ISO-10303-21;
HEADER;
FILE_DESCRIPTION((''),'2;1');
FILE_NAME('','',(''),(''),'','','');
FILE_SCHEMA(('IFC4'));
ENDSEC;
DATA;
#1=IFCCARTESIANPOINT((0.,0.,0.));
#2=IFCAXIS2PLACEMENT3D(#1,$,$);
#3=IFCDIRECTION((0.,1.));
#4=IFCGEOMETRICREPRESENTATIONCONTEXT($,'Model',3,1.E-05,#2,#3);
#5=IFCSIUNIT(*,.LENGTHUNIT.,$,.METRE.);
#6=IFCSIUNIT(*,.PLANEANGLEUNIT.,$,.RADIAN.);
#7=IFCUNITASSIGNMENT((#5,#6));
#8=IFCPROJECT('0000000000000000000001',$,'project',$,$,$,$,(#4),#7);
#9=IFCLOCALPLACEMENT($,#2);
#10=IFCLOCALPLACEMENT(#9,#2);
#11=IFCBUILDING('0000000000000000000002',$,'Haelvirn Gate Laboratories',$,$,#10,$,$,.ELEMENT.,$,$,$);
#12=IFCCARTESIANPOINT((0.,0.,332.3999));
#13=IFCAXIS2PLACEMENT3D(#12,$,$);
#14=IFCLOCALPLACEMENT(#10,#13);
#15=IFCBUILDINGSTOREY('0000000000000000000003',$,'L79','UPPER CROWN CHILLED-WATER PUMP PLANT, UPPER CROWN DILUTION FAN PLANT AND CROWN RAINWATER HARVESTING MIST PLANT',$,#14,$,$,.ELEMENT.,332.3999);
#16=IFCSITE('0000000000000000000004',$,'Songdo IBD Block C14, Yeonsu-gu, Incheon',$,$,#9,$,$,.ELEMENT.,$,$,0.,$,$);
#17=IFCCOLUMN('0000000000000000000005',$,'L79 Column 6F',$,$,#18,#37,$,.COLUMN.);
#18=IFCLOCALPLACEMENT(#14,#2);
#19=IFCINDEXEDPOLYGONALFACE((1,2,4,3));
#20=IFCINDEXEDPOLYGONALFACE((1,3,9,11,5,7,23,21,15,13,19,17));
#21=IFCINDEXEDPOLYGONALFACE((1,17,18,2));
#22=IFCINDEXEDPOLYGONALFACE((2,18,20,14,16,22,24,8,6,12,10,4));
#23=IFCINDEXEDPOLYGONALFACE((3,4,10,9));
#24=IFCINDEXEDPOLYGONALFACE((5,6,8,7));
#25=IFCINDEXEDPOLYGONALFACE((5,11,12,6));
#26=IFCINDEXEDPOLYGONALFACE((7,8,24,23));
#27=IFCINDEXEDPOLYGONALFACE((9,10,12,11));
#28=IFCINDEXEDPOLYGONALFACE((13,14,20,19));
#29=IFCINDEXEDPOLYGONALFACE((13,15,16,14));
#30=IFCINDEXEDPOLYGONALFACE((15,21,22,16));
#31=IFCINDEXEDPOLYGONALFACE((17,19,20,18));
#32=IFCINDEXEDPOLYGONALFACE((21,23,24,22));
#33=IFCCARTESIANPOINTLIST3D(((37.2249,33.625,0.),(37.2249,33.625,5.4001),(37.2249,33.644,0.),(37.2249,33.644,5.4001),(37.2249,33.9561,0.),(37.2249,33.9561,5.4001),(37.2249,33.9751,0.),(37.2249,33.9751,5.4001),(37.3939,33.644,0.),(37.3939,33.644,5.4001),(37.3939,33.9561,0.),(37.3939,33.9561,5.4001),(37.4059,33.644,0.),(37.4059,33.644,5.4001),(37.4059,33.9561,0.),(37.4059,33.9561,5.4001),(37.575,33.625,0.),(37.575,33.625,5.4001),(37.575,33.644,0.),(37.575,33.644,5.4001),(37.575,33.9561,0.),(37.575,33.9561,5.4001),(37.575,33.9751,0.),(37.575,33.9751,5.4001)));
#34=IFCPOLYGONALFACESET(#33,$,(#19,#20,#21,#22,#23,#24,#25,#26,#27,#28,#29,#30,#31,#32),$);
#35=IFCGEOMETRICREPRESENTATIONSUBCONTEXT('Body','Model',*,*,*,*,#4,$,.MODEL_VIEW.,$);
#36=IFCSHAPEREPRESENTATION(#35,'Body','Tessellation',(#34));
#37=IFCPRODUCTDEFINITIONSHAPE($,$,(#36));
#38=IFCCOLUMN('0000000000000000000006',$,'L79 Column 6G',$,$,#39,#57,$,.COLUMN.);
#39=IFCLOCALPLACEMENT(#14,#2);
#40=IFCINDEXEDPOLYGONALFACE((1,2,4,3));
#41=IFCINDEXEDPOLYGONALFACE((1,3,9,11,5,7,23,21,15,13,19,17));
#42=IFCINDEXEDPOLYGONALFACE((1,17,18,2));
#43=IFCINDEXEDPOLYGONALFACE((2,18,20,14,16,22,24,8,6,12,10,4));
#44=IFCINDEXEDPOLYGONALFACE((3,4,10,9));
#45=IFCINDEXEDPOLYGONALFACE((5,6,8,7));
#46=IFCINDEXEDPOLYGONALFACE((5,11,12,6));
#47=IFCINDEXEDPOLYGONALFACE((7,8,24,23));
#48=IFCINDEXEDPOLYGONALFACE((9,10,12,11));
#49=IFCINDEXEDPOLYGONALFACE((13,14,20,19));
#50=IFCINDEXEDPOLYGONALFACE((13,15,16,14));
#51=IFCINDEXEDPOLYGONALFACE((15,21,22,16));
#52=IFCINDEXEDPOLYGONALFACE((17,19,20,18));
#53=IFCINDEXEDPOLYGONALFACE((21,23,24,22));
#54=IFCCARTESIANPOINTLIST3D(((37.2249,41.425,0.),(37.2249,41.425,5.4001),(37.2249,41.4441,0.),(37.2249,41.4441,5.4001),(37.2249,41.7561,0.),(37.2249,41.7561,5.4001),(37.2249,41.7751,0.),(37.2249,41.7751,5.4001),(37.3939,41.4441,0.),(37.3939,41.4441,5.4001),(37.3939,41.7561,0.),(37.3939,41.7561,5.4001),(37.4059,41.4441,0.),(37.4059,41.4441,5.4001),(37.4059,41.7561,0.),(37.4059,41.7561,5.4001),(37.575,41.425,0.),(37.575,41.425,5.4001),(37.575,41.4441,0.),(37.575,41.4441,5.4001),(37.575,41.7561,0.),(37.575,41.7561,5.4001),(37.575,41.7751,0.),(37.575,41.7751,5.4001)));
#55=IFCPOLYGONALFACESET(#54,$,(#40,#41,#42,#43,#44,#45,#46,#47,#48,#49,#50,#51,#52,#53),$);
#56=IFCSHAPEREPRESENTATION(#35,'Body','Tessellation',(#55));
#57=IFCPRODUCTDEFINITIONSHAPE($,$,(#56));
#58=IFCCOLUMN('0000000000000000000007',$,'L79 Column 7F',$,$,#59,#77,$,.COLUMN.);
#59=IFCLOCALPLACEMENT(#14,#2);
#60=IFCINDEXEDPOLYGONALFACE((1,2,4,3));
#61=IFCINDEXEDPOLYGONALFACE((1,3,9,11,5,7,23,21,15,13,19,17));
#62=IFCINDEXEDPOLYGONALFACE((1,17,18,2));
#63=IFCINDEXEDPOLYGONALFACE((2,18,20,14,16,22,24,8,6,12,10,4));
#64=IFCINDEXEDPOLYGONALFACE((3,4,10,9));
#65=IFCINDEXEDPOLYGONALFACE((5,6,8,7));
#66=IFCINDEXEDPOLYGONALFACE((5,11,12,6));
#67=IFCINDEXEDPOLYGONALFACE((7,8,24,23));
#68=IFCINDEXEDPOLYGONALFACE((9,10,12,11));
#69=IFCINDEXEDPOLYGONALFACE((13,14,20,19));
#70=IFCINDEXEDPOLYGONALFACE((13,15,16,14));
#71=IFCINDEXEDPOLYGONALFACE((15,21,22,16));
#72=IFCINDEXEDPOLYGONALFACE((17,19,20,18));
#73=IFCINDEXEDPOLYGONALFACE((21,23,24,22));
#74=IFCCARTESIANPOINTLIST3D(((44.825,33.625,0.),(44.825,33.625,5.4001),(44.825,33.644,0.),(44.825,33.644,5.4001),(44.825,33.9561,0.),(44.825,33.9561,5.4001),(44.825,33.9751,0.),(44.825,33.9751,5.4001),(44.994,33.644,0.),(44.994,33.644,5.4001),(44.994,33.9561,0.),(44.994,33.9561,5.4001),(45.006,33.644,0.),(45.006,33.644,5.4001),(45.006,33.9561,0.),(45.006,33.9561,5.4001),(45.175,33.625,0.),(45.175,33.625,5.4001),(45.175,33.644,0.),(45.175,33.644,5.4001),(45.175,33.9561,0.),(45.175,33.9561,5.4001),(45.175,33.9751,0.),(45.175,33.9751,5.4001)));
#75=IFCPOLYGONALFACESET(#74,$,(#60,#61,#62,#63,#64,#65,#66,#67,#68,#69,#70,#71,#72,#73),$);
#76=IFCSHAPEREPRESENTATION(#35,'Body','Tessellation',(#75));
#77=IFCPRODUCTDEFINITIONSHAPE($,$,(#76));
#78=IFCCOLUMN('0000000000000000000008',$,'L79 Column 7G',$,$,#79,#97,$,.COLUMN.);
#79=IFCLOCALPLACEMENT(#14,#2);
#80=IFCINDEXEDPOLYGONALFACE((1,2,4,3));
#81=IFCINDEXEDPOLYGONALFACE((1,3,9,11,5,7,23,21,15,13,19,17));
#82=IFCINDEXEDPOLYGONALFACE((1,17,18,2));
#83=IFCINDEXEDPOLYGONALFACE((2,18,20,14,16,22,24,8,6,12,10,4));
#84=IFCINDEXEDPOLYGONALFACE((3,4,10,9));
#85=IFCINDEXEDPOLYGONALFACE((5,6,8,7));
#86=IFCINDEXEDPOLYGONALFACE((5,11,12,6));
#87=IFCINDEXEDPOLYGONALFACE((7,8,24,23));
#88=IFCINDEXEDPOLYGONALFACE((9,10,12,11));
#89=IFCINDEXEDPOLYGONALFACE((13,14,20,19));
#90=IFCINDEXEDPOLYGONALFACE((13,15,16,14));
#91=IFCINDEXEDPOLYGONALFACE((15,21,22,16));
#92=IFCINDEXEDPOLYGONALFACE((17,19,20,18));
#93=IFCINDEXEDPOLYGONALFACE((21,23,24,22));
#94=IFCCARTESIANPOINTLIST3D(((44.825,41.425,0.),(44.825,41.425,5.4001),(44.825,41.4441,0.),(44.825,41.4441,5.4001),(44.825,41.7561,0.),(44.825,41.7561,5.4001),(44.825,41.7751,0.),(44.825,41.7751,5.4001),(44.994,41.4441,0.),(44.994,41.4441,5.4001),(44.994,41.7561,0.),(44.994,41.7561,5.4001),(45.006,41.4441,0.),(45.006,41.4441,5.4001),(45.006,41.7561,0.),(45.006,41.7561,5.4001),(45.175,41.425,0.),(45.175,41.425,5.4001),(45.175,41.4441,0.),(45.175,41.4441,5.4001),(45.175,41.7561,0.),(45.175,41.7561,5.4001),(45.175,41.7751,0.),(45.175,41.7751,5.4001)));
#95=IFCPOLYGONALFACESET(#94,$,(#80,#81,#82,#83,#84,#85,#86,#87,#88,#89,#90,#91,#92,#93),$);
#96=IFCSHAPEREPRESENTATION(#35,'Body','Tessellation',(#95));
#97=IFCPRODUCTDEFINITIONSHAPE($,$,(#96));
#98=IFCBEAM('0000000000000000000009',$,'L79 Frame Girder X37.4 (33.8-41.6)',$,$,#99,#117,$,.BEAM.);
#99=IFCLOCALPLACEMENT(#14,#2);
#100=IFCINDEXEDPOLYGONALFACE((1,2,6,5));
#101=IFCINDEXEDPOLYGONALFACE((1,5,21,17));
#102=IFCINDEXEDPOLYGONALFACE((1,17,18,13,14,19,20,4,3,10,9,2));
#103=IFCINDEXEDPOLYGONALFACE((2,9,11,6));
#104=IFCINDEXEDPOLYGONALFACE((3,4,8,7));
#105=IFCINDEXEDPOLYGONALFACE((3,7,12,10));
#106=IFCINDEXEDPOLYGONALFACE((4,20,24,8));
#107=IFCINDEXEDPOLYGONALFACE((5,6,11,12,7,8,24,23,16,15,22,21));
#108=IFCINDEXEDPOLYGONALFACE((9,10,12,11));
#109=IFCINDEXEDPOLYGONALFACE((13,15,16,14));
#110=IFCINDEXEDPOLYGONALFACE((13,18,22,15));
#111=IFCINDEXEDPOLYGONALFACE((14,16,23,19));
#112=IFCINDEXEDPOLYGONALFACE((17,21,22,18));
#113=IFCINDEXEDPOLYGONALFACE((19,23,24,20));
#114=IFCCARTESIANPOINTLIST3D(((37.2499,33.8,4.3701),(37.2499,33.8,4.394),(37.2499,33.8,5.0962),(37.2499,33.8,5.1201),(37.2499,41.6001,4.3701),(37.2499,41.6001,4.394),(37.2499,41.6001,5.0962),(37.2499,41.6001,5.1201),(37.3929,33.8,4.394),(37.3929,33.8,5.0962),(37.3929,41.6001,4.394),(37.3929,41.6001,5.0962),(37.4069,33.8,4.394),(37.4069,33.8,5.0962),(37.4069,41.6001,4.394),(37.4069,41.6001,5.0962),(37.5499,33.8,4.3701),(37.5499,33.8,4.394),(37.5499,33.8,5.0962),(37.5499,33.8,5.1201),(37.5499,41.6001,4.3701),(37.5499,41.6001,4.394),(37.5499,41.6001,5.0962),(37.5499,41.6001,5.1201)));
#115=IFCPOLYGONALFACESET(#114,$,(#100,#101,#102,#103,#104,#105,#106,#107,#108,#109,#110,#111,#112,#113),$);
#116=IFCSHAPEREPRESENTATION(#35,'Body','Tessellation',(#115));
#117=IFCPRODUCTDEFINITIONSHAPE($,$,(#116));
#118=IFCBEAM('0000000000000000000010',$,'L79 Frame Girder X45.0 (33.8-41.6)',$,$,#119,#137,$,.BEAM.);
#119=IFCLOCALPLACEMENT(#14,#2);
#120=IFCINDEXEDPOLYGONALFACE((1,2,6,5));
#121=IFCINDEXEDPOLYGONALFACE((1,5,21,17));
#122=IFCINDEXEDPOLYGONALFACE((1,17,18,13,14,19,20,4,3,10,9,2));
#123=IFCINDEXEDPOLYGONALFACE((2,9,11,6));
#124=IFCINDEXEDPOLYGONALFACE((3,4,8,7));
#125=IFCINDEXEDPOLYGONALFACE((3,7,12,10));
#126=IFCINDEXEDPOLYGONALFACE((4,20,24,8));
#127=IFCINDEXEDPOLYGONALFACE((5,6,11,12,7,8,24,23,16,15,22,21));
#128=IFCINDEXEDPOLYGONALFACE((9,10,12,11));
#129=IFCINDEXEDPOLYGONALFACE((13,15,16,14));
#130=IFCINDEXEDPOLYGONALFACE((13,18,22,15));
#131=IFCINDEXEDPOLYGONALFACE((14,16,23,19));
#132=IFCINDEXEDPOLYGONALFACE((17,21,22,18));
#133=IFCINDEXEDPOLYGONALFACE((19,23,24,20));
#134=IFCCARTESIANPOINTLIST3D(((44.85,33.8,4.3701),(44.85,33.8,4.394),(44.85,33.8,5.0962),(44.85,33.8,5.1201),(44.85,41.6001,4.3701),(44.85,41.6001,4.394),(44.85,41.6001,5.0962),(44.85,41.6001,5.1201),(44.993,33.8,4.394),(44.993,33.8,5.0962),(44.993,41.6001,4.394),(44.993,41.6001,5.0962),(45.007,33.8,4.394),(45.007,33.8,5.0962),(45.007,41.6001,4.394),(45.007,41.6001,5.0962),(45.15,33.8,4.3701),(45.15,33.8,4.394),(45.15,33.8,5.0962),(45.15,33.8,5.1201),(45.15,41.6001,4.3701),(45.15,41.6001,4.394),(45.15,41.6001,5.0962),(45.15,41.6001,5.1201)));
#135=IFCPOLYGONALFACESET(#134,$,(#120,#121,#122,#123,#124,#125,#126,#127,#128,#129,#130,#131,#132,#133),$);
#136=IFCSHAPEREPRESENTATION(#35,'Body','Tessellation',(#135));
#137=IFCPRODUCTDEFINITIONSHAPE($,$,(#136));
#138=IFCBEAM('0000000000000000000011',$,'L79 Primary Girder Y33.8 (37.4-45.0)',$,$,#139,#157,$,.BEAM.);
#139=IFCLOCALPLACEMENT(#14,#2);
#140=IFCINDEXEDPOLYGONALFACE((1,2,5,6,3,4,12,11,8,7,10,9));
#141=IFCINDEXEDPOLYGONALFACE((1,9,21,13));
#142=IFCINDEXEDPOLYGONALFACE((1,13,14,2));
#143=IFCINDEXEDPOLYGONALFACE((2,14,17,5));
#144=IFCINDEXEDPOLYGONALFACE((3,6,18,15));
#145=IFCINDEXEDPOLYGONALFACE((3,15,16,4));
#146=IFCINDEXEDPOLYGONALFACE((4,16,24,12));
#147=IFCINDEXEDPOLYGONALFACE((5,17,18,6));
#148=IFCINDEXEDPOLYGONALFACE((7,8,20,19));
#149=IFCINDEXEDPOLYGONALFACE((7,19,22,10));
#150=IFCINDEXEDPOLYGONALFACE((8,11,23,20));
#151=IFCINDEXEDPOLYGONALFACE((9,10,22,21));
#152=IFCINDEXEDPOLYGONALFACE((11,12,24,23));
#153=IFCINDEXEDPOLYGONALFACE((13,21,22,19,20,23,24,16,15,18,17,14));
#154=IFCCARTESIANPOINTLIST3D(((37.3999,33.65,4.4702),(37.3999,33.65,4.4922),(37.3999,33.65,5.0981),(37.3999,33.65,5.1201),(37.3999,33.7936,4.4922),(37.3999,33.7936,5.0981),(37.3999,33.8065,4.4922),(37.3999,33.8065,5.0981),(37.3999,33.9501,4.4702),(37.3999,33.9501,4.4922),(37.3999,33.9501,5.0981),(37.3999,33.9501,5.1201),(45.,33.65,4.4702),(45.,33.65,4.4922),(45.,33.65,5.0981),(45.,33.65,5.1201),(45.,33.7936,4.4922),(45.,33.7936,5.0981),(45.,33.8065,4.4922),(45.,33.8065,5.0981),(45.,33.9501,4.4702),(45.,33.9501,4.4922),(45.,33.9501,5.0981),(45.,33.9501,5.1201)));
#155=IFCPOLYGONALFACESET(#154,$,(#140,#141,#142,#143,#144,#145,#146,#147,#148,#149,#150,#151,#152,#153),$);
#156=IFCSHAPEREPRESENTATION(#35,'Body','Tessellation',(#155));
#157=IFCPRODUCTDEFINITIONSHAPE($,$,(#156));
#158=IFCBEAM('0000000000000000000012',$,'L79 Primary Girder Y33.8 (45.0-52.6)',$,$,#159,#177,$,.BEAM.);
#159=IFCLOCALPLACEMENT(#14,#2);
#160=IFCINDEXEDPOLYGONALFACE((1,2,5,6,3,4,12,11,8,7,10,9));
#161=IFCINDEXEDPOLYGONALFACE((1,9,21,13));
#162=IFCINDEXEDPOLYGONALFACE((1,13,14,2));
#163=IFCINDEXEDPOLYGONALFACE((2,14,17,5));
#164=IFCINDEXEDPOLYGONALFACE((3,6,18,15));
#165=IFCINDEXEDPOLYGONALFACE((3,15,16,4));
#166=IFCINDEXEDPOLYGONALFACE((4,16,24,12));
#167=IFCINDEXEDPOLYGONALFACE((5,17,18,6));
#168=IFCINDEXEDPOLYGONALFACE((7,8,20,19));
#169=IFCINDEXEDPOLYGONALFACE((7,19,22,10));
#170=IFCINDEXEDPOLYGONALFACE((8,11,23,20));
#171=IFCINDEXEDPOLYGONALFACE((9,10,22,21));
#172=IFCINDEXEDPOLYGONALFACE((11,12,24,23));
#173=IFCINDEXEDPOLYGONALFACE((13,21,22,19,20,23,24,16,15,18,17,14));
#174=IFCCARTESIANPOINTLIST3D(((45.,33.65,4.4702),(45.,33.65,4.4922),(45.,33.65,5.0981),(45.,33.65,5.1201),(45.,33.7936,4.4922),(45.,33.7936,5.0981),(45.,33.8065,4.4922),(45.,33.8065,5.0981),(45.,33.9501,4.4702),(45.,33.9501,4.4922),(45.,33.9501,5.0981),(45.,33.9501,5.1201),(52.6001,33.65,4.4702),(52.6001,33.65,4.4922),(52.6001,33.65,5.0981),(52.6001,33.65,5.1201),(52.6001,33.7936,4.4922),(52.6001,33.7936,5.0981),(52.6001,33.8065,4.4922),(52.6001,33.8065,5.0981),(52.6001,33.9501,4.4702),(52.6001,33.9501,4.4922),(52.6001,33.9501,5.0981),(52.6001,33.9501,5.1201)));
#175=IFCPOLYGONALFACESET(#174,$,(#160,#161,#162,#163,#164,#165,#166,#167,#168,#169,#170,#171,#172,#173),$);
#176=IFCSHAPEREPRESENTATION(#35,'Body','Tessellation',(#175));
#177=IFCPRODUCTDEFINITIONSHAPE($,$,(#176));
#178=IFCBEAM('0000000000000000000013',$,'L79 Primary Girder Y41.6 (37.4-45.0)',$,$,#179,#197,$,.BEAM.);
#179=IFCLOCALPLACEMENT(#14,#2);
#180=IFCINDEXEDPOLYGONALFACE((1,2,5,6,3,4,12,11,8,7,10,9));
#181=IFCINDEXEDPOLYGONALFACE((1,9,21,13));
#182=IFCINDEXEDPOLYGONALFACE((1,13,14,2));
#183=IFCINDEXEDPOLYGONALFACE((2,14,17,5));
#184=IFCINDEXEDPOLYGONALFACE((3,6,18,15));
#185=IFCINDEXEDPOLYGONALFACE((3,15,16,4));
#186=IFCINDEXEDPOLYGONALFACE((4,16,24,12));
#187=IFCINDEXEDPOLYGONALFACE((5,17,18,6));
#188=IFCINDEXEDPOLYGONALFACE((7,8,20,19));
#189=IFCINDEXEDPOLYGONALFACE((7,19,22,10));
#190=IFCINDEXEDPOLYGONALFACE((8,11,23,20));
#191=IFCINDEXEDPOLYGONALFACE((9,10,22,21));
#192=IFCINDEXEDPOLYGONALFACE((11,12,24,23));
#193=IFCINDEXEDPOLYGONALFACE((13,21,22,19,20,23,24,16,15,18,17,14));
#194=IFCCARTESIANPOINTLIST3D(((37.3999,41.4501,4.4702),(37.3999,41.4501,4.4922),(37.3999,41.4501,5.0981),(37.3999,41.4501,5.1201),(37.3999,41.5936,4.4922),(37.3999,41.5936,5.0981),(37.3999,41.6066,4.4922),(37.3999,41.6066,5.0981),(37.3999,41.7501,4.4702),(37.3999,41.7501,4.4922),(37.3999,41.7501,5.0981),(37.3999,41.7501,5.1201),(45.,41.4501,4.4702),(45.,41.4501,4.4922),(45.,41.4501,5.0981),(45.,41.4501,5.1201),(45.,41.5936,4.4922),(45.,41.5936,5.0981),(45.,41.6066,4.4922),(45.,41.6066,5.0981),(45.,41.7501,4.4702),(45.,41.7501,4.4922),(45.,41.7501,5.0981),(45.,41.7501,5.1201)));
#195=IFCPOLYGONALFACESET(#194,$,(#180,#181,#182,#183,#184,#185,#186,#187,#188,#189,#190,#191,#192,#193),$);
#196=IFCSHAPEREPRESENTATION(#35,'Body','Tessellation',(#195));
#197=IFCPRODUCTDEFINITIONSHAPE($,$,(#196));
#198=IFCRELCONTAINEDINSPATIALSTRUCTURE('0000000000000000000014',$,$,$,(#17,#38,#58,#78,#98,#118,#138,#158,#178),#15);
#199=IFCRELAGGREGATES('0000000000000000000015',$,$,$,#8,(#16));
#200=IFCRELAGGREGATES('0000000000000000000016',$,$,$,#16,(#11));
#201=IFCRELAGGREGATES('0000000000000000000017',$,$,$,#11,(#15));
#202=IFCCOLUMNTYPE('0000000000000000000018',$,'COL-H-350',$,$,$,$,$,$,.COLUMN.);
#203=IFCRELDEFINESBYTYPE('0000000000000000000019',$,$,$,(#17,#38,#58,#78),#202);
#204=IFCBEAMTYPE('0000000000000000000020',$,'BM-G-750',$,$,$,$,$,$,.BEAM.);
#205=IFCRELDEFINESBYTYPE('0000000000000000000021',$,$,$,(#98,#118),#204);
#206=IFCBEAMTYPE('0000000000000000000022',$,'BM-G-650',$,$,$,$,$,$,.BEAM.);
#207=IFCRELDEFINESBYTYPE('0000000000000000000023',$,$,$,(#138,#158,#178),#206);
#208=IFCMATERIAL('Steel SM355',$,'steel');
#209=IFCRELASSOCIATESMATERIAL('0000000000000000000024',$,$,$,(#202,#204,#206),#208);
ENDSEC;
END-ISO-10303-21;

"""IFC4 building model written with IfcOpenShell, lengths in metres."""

from ifc_helpers import new_model, si_unit, direction, frame, origin, origin_2d, place, context, subcontext, project, spatial, i_section, extrude, source, transform, mapped, material, material_profile, profile_set, type_object, type_shapes, element, save


model = new_model("IFC4")

# Units and contexts
model_context = context("Model", 3, precision=1e-05, world=origin(), true_north=direction((0.0, 1.0)))
body_context = subcontext(model_context, "Body", "Model", "MODEL_VIEW")
ifc_project = project(units=[si_unit("LENGTHUNIT", "METRE"), si_unit("PLANEANGLEUNIT", "RADIAN")], contexts=[model_context])

# Site, building, storey
site_placement = place(None, origin())
site = spatial("IfcSite", under=ifc_project, at=site_placement, Name="Songdo IBD Block C14, Yeonsu-gu, Incheon", CompositionType="ELEMENT", RefElevation=0.0)
building_placement = place(site_placement, origin())
building = spatial("IfcBuilding", under=site, at=building_placement, Name="Haelvirn Gate Laboratories", CompositionType="ELEMENT")
storey_placement = place(building_placement, frame((0.0, 0.0, 332.3999)))
storey = spatial("IfcBuildingStorey", under=building, at=storey_placement, Name="L79", Description="UPPER CROWN CHILLED-WATER PUMP PLANT, UPPER CROWN DILUTION FAN PLANT AND CROWN RAINWATER HARVESTING MIST PLANT", CompositionType="ELEMENT", Elevation=332.3999)

# Columns
ifc_material_1 = material(Name="Steel SM355", Category="steel")
ifc_material_profile_1 = material_profile(ifc_material_1, i_section(OverallWidth=0.3501, OverallDepth=0.3501, WebThickness=0.012, FlangeThickness=0.019, at=origin_2d()), Name="H-350x350x12x19")
ifc_profile_set_1 = profile_set([ifc_material_profile_1], Name="Steel SM355")
column_type = type_object("IfcColumnType", Name="COL-H-350", PredefinedType="COLUMN", material=ifc_profile_set_1)
shared_shape_1 = source(origin(), body_context, "Body", "SweptSolid", [
    extrude(i_section(OverallWidth=0.3501, OverallDepth=0.3501, WebThickness=0.012, FlangeThickness=0.019, at=origin_2d()), origin(), (0.0, 0.0, 1.0), 5.4001),
])
type_shapes(column_type, [shared_shape_1])
for number, where, z_axis, x_axis, name in (
    (1, (37.3999, 33.8, 0.0), (0.0, 0.0, 1.0), (1.0, 0.0, 0.0), "L79 Column 6F"),
    (2, (37.3999, 41.6001, 0.0), (0.0, 0.0, 1.0), (1.0, 0.0, 0.0), "L79 Column 6G"),
    (3, (45.0, 33.8, 0.0), (0.0, 0.0, 1.0), (1.0, 0.0, 0.0), "L79 Column 7F"),
    (4, (45.0, 41.6001, 0.0), (0.0, 0.0, 1.0), (1.0, 0.0, 0.0), "L79 Column 7G"),
):
    element("IfcColumn", number, at=place(storey_placement, frame(where, z_axis=z_axis, x_axis=x_axis)), inside=storey, type_object=column_type, Name=name, PredefinedType="COLUMN", context=body_context, shape_type="MappedRepresentation", body=[
        mapped(shared_shape_1, transform((0.0, 0.0, 0.0), scale=1.0)),
    ])

# Beams
ifc_material_profile_2 = material_profile(ifc_material_1, i_section(OverallWidth=0.3, OverallDepth=0.75, WebThickness=0.0139, FlangeThickness=0.0239, at=origin_2d()), Name="H-750x300x14x24")
ifc_profile_set_2 = profile_set([ifc_material_profile_2], Name="Steel SM355")
beam_type_1 = type_object("IfcBeamType", Name="BM-G-750", PredefinedType="BEAM", material=ifc_profile_set_2)
shared_shape_2 = source(origin(), body_context, "Body", "SweptSolid", [
    extrude(i_section(OverallWidth=0.3, OverallDepth=0.75, WebThickness=0.0139, FlangeThickness=0.0239, at=origin_2d()), origin(), (0.0, 0.0, 1.0), 7.8),
])
type_shapes(beam_type_1, [shared_shape_2])
for number, where, z_axis, x_axis, name in (
    (5, (37.3999, 33.8, 4.7451), (0.0, 1.0, 0.0), (-1.0, 0.0, 0.0), "L79 Frame Girder X37.4 (33.8-41.6)"),
    (6, (45.0, 33.8, 4.7451), (0.0, 1.0, 0.0), (-1.0, 0.0, 0.0), "L79 Frame Girder X45.0 (33.8-41.6)"),
):
    element("IfcBeam", number, at=place(storey_placement, frame(where, z_axis=z_axis, x_axis=x_axis)), inside=storey, type_object=beam_type_1, Name=name, PredefinedType="BEAM", context=body_context, shape_type="MappedRepresentation", body=[
        mapped(shared_shape_2, transform((0.0, 0.0, 0.0), scale=1.0)),
    ])
ifc_material_profile_3 = material_profile(ifc_material_1, i_section(OverallWidth=0.3, OverallDepth=0.6499, WebThickness=0.0129, FlangeThickness=0.022, at=origin_2d()), Name="H-650x300x13x22")
ifc_profile_set_3 = profile_set([ifc_material_profile_3], Name="Steel SM355")
beam_type_2 = type_object("IfcBeamType", Name="BM-G-650", PredefinedType="BEAM", material=ifc_profile_set_3)
shared_shape_3 = source(origin(), body_context, "Body", "SweptSolid", [
    extrude(i_section(OverallWidth=0.3, OverallDepth=0.6499, WebThickness=0.0129, FlangeThickness=0.022, at=origin_2d()), origin(), (0.0, 0.0, 1.0), 7.6001),
])
type_shapes(beam_type_2, [shared_shape_3])
for number, where, z_axis, x_axis, name in (
    (7, (37.3999, 33.8, 4.7952), (1.0, 0.0, 0.0), (0.0, 1.0, 0.0), "L79 Primary Girder Y33.8 (37.4-45.0)"),
    (8, (45.0, 33.8, 4.7952), (1.0, 0.0, 0.0), (0.0, 1.0, 0.0), "L79 Primary Girder Y33.8 (45.0-52.6)"),
    (9, (37.3999, 41.6001, 4.7952), (1.0, 0.0, 0.0), (0.0, 1.0, 0.0), "L79 Primary Girder Y41.6 (37.4-45.0)"),
):
    element("IfcBeam", number, at=place(storey_placement, frame(where, z_axis=z_axis, x_axis=x_axis)), inside=storey, type_object=beam_type_2, Name=name, PredefinedType="BEAM", context=body_context, shape_type="MappedRepresentation", body=[
        mapped(shared_shape_3, transform((0.0, 0.0, 0.0), scale=1.0)),
    ])

save(model, "model.ifc")
